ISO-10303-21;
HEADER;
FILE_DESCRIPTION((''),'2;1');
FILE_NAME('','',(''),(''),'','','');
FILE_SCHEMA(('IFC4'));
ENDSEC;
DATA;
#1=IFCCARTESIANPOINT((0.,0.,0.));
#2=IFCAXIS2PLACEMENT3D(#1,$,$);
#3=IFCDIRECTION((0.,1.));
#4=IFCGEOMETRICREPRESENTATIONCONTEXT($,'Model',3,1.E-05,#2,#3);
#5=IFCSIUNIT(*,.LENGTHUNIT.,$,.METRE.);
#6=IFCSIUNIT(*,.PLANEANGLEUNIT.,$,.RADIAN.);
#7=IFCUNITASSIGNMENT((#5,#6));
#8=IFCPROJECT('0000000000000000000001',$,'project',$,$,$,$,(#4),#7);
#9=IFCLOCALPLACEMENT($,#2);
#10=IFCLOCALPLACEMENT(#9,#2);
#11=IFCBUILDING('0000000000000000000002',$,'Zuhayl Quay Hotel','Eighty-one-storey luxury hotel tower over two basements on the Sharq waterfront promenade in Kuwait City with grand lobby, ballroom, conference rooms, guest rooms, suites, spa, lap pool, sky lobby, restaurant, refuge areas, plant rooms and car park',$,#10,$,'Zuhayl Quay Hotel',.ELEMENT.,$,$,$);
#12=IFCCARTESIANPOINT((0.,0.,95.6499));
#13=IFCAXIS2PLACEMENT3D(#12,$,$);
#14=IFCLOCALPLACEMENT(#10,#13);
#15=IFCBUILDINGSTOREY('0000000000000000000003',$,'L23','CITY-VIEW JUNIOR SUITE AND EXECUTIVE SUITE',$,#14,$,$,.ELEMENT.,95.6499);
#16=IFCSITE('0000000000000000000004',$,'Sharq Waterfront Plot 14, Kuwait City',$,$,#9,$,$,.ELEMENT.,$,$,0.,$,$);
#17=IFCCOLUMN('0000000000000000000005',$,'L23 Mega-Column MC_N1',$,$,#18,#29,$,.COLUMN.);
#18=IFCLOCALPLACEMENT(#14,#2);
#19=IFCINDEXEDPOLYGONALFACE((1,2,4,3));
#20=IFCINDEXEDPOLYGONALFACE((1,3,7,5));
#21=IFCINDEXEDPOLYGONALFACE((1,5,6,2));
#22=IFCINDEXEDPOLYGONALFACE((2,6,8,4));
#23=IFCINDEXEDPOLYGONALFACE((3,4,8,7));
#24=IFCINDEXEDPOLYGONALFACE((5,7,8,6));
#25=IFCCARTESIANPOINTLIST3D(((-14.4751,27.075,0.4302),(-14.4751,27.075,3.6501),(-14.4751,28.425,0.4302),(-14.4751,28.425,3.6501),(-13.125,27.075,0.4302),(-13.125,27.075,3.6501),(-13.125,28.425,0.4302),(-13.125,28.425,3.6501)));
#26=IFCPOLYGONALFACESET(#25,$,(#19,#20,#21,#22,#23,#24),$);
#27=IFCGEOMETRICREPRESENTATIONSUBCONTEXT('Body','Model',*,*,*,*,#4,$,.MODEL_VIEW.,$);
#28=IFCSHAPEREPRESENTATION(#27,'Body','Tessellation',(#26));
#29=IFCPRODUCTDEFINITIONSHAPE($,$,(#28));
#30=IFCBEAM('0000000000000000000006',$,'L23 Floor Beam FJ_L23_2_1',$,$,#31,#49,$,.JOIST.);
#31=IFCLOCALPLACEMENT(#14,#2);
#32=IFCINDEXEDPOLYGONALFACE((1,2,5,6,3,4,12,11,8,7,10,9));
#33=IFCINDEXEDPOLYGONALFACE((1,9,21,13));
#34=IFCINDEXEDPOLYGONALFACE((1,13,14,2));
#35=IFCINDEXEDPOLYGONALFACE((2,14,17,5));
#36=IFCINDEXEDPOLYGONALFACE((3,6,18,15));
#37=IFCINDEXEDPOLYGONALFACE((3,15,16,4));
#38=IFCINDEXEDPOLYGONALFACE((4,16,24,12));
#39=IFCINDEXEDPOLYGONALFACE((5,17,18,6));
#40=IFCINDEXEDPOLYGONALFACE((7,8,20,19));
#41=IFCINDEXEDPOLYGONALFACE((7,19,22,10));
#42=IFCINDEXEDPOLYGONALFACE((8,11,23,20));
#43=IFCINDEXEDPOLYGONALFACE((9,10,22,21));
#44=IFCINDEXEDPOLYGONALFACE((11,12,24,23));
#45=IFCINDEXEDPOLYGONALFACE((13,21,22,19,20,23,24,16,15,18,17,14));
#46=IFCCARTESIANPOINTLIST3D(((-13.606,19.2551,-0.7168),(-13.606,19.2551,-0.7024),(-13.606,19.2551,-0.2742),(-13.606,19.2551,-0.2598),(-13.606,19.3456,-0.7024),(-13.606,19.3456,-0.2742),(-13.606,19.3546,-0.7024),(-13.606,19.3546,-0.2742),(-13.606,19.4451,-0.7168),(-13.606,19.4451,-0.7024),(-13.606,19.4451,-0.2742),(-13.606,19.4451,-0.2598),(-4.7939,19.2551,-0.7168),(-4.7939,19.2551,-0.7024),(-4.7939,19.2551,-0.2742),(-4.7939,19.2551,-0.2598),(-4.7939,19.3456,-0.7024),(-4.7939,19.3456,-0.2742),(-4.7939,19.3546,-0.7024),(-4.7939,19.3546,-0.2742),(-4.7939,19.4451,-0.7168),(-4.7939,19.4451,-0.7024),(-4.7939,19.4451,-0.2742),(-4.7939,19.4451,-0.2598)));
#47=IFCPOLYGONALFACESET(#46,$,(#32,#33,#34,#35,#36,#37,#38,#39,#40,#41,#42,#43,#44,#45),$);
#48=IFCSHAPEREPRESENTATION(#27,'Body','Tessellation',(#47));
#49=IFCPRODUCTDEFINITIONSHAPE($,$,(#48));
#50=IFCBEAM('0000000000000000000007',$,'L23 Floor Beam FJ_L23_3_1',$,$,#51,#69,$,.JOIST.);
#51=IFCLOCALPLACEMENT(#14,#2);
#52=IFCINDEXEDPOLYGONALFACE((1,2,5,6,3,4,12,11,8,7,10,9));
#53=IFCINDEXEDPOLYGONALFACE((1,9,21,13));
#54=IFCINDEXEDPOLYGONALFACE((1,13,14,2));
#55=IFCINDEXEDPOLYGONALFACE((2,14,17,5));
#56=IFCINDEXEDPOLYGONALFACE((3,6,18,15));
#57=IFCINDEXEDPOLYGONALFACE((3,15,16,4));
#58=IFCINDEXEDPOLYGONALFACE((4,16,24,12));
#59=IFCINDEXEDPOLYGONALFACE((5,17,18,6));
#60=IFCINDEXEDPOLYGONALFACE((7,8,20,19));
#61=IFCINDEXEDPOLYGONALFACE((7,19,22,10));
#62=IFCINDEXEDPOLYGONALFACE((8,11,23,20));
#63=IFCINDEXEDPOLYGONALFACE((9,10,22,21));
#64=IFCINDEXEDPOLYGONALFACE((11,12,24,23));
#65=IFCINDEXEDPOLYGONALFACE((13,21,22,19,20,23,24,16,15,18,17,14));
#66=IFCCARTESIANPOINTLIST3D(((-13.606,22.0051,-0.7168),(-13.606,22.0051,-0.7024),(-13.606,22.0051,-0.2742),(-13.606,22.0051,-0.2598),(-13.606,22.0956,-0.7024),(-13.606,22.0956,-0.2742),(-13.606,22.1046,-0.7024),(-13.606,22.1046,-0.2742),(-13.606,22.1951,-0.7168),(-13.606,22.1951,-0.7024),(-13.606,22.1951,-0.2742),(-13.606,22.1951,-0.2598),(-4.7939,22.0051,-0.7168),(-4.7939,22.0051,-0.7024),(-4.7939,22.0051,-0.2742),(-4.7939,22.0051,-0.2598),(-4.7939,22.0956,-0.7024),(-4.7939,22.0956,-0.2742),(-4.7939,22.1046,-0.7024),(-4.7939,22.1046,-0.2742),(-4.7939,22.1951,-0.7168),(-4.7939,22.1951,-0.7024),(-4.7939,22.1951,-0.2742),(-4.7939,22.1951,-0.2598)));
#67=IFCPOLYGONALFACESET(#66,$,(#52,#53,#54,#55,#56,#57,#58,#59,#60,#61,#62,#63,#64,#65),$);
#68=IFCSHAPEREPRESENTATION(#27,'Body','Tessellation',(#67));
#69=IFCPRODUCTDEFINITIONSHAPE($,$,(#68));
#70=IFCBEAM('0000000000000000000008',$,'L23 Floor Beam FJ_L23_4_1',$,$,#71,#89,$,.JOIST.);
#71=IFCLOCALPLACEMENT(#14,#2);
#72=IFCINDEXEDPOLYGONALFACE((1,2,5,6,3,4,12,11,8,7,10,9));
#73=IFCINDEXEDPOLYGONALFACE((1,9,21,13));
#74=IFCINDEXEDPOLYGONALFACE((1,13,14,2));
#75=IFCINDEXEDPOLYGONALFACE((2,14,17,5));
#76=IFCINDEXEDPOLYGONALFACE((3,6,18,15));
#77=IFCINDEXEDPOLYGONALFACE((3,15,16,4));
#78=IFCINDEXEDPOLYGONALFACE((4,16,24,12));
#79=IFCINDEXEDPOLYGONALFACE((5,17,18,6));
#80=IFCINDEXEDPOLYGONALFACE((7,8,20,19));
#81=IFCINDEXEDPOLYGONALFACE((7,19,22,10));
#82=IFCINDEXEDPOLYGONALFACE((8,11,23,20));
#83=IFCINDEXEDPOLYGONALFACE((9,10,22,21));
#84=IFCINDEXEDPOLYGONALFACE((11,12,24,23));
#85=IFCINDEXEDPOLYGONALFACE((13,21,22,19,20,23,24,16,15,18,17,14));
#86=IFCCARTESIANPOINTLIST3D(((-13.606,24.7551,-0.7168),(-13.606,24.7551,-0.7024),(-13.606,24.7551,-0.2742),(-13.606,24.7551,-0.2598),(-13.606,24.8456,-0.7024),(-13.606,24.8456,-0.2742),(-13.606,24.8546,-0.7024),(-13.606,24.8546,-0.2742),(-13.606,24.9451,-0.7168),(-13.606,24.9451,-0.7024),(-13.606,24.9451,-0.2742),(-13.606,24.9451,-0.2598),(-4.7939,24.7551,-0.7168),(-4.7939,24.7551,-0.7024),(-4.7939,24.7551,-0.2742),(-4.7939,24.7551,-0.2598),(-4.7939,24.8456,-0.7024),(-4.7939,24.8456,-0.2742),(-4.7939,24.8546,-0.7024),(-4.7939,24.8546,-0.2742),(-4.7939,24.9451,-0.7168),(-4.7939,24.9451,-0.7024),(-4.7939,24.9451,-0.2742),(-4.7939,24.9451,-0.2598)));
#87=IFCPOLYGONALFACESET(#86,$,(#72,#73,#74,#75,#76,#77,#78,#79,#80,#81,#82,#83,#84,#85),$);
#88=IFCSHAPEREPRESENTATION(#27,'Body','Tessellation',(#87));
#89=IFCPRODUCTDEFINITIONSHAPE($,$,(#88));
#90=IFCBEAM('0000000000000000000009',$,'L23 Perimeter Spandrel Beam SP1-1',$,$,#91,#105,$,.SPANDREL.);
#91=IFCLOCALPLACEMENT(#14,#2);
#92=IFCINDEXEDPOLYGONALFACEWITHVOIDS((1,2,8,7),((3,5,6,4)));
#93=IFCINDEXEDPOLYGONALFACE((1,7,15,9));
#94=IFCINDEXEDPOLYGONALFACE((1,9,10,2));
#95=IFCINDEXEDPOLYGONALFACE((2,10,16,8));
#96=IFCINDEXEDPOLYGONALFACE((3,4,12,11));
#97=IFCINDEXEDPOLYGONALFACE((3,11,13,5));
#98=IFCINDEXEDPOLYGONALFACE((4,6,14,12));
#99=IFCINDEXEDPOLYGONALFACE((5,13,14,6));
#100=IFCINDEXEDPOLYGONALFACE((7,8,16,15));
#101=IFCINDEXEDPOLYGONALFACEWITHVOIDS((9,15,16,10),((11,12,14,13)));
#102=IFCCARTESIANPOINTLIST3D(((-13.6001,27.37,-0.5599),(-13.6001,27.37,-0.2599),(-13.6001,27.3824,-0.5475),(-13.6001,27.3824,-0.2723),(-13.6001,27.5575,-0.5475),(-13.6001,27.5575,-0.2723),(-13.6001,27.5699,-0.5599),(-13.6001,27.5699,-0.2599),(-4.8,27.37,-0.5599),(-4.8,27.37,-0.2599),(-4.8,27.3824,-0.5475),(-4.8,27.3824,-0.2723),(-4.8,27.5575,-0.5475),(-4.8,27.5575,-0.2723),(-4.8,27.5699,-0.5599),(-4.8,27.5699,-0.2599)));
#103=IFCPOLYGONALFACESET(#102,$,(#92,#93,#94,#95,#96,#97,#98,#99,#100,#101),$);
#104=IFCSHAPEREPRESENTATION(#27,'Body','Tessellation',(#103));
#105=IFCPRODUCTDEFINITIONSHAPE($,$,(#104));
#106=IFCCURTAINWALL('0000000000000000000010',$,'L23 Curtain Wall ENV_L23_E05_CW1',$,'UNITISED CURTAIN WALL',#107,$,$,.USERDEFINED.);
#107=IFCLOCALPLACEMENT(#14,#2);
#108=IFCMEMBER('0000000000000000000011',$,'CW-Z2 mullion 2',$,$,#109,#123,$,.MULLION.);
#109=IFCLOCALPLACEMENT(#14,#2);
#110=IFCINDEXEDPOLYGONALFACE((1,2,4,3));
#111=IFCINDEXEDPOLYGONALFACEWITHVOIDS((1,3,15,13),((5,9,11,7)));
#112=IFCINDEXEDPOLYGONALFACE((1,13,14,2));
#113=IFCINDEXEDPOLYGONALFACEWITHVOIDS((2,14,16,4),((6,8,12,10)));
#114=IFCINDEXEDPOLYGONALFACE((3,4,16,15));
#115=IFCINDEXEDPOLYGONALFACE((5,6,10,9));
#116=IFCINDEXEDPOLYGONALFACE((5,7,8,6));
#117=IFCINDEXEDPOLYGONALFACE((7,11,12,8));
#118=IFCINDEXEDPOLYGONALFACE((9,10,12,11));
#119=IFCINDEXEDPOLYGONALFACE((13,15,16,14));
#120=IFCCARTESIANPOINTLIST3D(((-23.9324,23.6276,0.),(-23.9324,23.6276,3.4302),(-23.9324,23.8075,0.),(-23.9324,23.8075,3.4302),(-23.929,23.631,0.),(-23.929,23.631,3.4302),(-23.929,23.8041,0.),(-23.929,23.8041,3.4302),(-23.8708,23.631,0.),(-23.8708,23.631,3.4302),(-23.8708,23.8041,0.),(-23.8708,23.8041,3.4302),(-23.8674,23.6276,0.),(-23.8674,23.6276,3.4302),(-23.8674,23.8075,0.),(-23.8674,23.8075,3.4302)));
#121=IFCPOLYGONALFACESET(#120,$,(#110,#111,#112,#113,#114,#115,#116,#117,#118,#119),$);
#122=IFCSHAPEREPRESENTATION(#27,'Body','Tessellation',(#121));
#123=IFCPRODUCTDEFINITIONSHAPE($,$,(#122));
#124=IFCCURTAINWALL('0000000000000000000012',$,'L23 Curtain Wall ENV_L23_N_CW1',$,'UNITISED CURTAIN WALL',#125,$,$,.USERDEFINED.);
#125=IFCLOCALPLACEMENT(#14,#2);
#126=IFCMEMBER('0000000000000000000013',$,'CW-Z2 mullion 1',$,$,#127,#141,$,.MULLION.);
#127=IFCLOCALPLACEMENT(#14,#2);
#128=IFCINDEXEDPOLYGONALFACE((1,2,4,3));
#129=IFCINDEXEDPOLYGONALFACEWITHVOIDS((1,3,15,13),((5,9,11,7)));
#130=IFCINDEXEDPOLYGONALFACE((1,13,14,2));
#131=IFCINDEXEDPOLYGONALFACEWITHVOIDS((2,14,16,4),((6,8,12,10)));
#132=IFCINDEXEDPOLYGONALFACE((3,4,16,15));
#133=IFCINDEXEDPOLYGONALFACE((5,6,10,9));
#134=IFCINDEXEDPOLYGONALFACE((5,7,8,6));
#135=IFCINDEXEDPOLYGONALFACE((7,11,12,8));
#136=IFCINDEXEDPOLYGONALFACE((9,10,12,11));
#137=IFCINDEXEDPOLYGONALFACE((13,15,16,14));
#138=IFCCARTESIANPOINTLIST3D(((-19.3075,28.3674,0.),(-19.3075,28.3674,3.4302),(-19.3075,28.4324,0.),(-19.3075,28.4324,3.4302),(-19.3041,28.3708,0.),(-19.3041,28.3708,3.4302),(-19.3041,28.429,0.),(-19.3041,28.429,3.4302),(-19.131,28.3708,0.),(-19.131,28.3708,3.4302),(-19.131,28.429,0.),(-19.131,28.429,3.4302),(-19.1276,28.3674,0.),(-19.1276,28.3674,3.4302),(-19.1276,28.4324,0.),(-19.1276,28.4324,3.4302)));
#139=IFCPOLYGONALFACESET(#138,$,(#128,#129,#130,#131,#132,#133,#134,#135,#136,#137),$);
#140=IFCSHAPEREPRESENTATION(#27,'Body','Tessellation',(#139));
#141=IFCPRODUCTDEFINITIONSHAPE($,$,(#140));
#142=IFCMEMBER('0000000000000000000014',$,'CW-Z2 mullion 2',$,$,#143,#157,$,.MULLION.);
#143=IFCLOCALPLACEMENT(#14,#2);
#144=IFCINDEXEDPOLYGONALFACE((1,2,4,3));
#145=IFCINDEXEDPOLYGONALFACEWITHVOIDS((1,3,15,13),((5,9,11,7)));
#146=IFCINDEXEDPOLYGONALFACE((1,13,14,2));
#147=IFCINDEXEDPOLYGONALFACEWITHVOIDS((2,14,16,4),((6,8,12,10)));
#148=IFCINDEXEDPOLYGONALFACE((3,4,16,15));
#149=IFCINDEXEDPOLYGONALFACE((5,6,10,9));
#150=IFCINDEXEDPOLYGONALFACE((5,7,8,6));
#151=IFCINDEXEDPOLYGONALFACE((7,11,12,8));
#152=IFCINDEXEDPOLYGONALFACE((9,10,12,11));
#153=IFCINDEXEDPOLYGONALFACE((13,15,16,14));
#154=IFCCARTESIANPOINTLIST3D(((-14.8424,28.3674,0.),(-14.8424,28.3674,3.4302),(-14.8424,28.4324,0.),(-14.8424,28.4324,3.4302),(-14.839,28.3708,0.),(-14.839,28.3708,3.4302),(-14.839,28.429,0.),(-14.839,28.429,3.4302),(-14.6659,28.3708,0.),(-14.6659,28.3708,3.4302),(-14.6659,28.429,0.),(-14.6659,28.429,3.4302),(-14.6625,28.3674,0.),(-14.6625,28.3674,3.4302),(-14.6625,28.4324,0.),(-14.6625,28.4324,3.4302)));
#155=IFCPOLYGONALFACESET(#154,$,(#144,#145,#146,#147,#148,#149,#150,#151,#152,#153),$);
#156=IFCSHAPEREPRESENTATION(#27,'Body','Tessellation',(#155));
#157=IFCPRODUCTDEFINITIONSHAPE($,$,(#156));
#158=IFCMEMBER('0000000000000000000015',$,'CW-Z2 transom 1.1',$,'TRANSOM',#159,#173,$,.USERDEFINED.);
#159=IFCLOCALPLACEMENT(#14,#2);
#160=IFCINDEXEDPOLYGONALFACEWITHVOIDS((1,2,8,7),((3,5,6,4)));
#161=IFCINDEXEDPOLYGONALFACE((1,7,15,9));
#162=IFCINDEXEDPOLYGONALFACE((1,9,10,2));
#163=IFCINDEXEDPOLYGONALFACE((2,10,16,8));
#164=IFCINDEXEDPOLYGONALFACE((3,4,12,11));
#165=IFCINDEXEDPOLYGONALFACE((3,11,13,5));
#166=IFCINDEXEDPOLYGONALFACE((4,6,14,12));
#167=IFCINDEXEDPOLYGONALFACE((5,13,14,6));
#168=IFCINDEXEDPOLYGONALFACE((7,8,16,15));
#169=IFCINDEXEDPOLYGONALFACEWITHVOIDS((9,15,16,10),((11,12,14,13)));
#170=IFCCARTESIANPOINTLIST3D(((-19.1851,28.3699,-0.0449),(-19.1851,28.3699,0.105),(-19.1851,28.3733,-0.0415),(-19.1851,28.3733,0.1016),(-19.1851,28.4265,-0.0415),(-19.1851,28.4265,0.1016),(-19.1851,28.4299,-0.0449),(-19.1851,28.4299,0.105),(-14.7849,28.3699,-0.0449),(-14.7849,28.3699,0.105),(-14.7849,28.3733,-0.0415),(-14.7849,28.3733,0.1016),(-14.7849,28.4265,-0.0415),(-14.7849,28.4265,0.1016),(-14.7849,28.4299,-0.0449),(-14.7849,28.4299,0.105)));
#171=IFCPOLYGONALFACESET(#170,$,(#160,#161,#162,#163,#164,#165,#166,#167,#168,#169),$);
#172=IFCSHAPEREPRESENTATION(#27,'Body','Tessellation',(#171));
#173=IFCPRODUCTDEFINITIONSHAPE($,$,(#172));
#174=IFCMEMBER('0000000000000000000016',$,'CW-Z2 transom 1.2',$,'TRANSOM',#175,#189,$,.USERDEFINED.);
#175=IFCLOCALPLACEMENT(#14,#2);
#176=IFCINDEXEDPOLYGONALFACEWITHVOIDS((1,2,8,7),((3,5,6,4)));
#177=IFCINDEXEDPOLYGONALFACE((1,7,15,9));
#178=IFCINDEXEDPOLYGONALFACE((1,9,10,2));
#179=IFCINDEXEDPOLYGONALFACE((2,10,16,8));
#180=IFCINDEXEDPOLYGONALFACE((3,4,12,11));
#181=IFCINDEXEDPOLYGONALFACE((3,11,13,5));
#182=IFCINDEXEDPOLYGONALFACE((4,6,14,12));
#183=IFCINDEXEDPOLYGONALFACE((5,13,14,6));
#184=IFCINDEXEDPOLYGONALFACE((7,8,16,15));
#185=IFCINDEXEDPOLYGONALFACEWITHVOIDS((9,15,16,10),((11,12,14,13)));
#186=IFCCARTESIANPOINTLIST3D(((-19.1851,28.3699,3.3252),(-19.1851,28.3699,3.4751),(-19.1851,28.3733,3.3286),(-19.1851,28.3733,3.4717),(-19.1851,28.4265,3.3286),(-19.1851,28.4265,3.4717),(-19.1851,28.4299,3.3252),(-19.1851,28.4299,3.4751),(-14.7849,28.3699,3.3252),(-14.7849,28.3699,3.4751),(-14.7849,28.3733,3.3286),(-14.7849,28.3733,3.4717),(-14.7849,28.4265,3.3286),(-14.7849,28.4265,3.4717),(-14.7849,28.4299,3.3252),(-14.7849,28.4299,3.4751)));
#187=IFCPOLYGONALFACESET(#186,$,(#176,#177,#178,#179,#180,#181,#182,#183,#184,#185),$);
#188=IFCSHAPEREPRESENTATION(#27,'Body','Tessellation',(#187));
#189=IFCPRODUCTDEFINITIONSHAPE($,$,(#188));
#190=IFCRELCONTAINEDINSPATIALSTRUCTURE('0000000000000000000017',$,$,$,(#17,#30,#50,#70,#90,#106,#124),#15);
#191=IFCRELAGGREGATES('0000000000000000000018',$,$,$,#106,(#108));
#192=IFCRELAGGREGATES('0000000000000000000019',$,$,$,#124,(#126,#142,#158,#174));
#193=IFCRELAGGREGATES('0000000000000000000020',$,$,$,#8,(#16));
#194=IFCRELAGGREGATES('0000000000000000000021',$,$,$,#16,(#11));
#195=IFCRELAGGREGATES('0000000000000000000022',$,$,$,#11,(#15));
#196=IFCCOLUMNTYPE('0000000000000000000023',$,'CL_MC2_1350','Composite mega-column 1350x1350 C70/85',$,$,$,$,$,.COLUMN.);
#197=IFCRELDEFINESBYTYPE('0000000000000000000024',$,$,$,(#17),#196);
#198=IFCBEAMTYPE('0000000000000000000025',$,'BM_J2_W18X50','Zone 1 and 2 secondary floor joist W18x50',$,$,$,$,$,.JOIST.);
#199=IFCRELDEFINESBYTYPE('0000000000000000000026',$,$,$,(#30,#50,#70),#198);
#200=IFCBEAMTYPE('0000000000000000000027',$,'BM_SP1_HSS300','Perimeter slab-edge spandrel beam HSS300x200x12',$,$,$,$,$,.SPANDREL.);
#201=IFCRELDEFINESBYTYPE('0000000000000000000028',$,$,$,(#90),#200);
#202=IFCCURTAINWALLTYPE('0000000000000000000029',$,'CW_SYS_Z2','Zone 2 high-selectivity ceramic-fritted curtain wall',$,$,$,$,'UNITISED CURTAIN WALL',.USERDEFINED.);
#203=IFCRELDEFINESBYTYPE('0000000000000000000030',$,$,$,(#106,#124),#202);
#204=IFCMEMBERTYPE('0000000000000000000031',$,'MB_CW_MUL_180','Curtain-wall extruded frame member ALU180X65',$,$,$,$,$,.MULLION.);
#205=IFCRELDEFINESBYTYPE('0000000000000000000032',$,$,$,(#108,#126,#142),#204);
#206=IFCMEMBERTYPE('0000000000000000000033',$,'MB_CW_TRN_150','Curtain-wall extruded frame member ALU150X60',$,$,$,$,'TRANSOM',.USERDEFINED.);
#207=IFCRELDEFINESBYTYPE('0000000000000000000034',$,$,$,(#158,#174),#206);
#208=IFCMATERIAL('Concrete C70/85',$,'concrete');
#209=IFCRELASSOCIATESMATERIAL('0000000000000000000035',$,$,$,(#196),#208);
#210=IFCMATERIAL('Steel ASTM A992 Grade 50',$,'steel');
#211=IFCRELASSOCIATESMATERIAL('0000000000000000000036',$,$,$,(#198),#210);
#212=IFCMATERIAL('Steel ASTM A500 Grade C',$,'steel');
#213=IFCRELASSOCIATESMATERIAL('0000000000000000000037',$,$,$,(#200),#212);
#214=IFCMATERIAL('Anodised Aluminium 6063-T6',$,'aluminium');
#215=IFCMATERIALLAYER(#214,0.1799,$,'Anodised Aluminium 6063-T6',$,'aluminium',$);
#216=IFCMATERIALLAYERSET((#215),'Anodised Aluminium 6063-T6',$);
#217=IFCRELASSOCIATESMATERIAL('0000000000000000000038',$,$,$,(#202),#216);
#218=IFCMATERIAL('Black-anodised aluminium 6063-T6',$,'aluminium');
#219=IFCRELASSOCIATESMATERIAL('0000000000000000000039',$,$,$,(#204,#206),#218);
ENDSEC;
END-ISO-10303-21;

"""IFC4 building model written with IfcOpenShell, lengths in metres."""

from ifc_helpers import new_model, si_unit, direction, frame, origin, origin_2d, place, context, subcontext, project, spatial, rectangle, hollow_rectangle, i_section, extrude, material, layer, layer_set, material_profile, profile_set, type_object, element, aggregate, save


model = new_model("IFC4")

# Units and contexts
model_context = context("Model", 3, precision=1e-05, world=origin(), true_north=direction((0.0, 1.0)))
body_context = subcontext(model_context, "Body", "Model", "MODEL_VIEW")
ifc_project = project(units=[si_unit("LENGTHUNIT", "METRE"), si_unit("PLANEANGLEUNIT", "RADIAN")], contexts=[model_context])

# Site, building, storey
site_placement = place(None, origin())
site = spatial("IfcSite", under=ifc_project, at=site_placement, Name="Sharq Waterfront Plot 14, Kuwait City", CompositionType="ELEMENT", RefElevation=0.0)
building_placement = place(site_placement, origin())
building = spatial("IfcBuilding", under=site, at=building_placement, Name="Zuhayl Quay Hotel", Description="Eighty-one-storey luxury hotel tower over two basements on the Sharq waterfront promenade in Kuwait City with grand lobby, ballroom, conference rooms, guest rooms, suites, spa, lap pool, sky lobby, restaurant, refuge areas, plant rooms and car park", LongName="Zuhayl Quay Hotel", CompositionType="ELEMENT")
storey_placement = place(building_placement, frame((0.0, 0.0, 95.6499)))
storey = spatial("IfcBuildingStorey", under=building, at=storey_placement, Name="L23", Description="CITY-VIEW JUNIOR SUITE AND EXECUTIVE SUITE", CompositionType="ELEMENT", Elevation=95.6499)

# Column
ifc_material_1 = material(Name="Concrete C70/85", Category="concrete")
ifc_material_profile_1 = material_profile(ifc_material_1, rectangle(XDim=1.3501, YDim=1.3501, at=origin_2d()), Name="RC1350X1350")
ifc_profile_set_1 = profile_set([ifc_material_profile_1], Name="Concrete C70/85")
column_type = type_object("IfcColumnType", Name="CL_MC2_1350", Description="Composite mega-column 1350x1350 C70/85", PredefinedType="COLUMN", material=ifc_profile_set_1)
column_placement = place(storey_placement, frame((-13.8, 27.75, 0.4302), z_axis=(0.0, 0.0, 1.0), x_axis=(1.0, 0.0, 0.0)))
element("IfcColumn", 1, at=column_placement, inside=storey, type_object=column_type, Name="L23 Mega-Column MC_N1", PredefinedType="COLUMN", context=body_context, shape_type="SweptSolid", body=[
    extrude(rectangle(XDim=1.3501, YDim=1.3501, at=origin_2d()), origin(), (0.0, 0.0, 1.0), 3.22),
])

# Beams
ifc_material_2 = material(Name="Steel ASTM A992 Grade 50", Category="steel")
ifc_material_profile_2 = material_profile(ifc_material_2, i_section(OverallWidth=0.1899, OverallDepth=0.457, WebThickness=0.009, FlangeThickness=0.0144, at=origin_2d()), Name="W18X50")
ifc_profile_set_2 = profile_set([ifc_material_profile_2], Name="Steel ASTM A992 Grade 50")
beam_type_1 = type_object("IfcBeamType", Name="BM_J2_W18X50", Description="Zone 1 and 2 secondary floor joist W18x50", PredefinedType="JOIST", material=ifc_profile_set_2)
for number, where, z_axis, x_axis, name in (
    (2, (-13.606, 19.3501, -0.4883), (1.0, 0.0, 0.0), (0.0, 1.0, 0.0), "L23 Floor Beam FJ_L23_2_1"),
    (3, (-13.606, 22.1001, -0.4883), (1.0, 0.0, 0.0), (0.0, 1.0, 0.0), "L23 Floor Beam FJ_L23_3_1"),
    (4, (-13.606, 24.8501, -0.4883), (1.0, 0.0, 0.0), (0.0, 1.0, 0.0), "L23 Floor Beam FJ_L23_4_1"),
):
    element("IfcBeam", number, at=place(storey_placement, frame(where, z_axis=z_axis, x_axis=x_axis)), inside=storey, type_object=beam_type_1, Name=name, PredefinedType="JOIST", context=body_context, shape_type="SweptSolid", body=[
        extrude(i_section(OverallWidth=0.1899, OverallDepth=0.457, WebThickness=0.009, FlangeThickness=0.0144, at=origin_2d()), origin(), (0.0, 0.0, 1.0), 8.812),
    ])
ifc_material_3 = material(Name="Steel ASTM A500 Grade C", Category="steel")
ifc_material_profile_3 = material_profile(ifc_material_3, hollow_rectangle(XDim=0.2, YDim=0.3, WallThickness=0.0125, at=origin_2d()), Name="HSS300X200X12")
ifc_profile_set_3 = profile_set([ifc_material_profile_3], Name="Steel ASTM A500 Grade C")
beam_type_2 = type_object("IfcBeamType", Name="BM_SP1_HSS300", Description="Perimeter slab-edge spandrel beam HSS300x200x12", PredefinedType="SPANDREL", material=ifc_profile_set_3)
beam_placement = place(storey_placement, frame((-13.6001, 27.47, -0.4099), z_axis=(1.0, 0.0, 0.0), x_axis=(0.0, 1.0, 0.0)))
element("IfcBeam", 5, at=beam_placement, inside=storey, type_object=beam_type_2, Name="L23 Perimeter Spandrel Beam SP1-1", PredefinedType="SPANDREL", context=body_context, shape_type="SweptSolid", body=[
    extrude(hollow_rectangle(XDim=0.2, YDim=0.3, WallThickness=0.0125, at=origin_2d()), origin(), (0.0, 0.0, 1.0), 8.8),
])

# Curtain wall, member
ifc_material_4 = material(Name="Anodised Aluminium 6063-T6", Category="aluminium")
ifc_layer_1 = layer(ifc_material_4, 0.1799, Name="Anodised Aluminium 6063-T6", Category="aluminium")
ifc_layer_set_1 = layer_set([ifc_layer_1], Name="Anodised Aluminium 6063-T6")
curtain_wall_type = type_object("IfcCurtainWallType", Name="CW_SYS_Z2", Description="Zone 2 high-selectivity ceramic-fritted curtain wall", ElementType="UNITISED CURTAIN WALL", PredefinedType="USERDEFINED", material=ifc_layer_set_1)
curtain_wall_1_placement = place(storey_placement, origin())
curtain_wall_1 = element("IfcCurtainWall", 6, at=curtain_wall_1_placement, inside=storey, type_object=curtain_wall_type, Name="L23 Curtain Wall ENV_L23_E05_CW1", ObjectType="UNITISED CURTAIN WALL", PredefinedType="USERDEFINED")
ifc_material_5 = material(Name="Black-anodised aluminium 6063-T6", Category="aluminium")
ifc_material_profile_4 = material_profile(ifc_material_5, hollow_rectangle(XDim=0.0649, YDim=0.1799, WallThickness=0.0034, at=origin_2d()), Name="ALU180X65")
ifc_profile_set_4 = profile_set([ifc_material_profile_4], Name="Black-anodised aluminium 6063-T6")
member_type_1 = type_object("IfcMemberType", Name="MB_CW_MUL_180", Description="Curtain-wall extruded frame member ALU180X65", PredefinedType="MULLION", material=ifc_profile_set_4)
member_1_placement = place(storey_placement, frame((-23.8999, 23.7175, 0.0), z_axis=(0.0, 0.0, 1.0), x_axis=(-1.0, 0.0, 0.0)))
member_1 = element("IfcMember", 7, at=member_1_placement, type_object=member_type_1, Name="CW-Z2 mullion 2", PredefinedType="MULLION", context=body_context, shape_type="SweptSolid", body=[
    extrude(hollow_rectangle(XDim=0.0649, YDim=0.1799, WallThickness=0.0034, at=origin_2d()), origin(), (0.0, 0.0, 1.0), 3.4302),
])

# Curtain wall, members
curtain_wall_2_placement = place(storey_placement, origin())
curtain_wall_2 = element("IfcCurtainWall", 8, at=curtain_wall_2_placement, inside=storey, type_object=curtain_wall_type, Name="L23 Curtain Wall ENV_L23_N_CW1", ObjectType="UNITISED CURTAIN WALL", PredefinedType="USERDEFINED")
member_2_placement = place(storey_placement, frame((-19.2175, 28.3999, 0.0), z_axis=(0.0, 0.0, 1.0), x_axis=(0.0, 1.0, 0.0)))
member_2 = element("IfcMember", 9, at=member_2_placement, type_object=member_type_1, Name="CW-Z2 mullion 1", PredefinedType="MULLION", context=body_context, shape_type="SweptSolid", body=[
    extrude(hollow_rectangle(XDim=0.0649, YDim=0.1799, WallThickness=0.0034, at=origin_2d()), origin(), (0.0, 0.0, 1.0), 3.4302),
])
member_3_placement = place(storey_placement, frame((-14.7524, 28.3999, 0.0), z_axis=(0.0, 0.0, 1.0), x_axis=(0.0, 1.0, 0.0)))
member_3 = element("IfcMember", 10, at=member_3_placement, type_object=member_type_1, Name="CW-Z2 mullion 2", PredefinedType="MULLION", context=body_context, shape_type="SweptSolid", body=[
    extrude(hollow_rectangle(XDim=0.0649, YDim=0.1799, WallThickness=0.0034, at=origin_2d()), origin(), (0.0, 0.0, 1.0), 3.4302),
])
ifc_material_profile_5 = material_profile(ifc_material_5, hollow_rectangle(XDim=0.0601, YDim=0.1499, WallThickness=0.0034, at=origin_2d()), Name="ALU150X60")
ifc_profile_set_5 = profile_set([ifc_material_profile_5], Name="Black-anodised aluminium 6063-T6")
member_type_2 = type_object("IfcMemberType", Name="MB_CW_TRN_150", Description="Curtain-wall extruded frame member ALU150X60", ElementType="TRANSOM", PredefinedType="USERDEFINED", material=ifc_profile_set_5)
member_4_placement = place(storey_placement, frame((-19.1851, 28.3999, 0.03), z_axis=(1.0, 0.0, 0.0), x_axis=(0.0, 1.0, 0.0)))
member_4 = element("IfcMember", 11, at=member_4_placement, type_object=member_type_2, Name="CW-Z2 transom 1.1", ObjectType="TRANSOM", PredefinedType="USERDEFINED", context=body_context, shape_type="SweptSolid", body=[
    extrude(hollow_rectangle(XDim=0.0601, YDim=0.1499, WallThickness=0.0034, at=origin_2d()), origin(), (0.0, 0.0, 1.0), 4.4001),
])
member_5_placement = place(storey_placement, frame((-19.1851, 28.3999, 3.4001), z_axis=(1.0, 0.0, 0.0), x_axis=(0.0, 1.0, 0.0)))
member_5 = element("IfcMember", 12, at=member_5_placement, type_object=member_type_2, Name="CW-Z2 transom 1.2", ObjectType="TRANSOM", PredefinedType="USERDEFINED", context=body_context, shape_type="SweptSolid", body=[
    extrude(hollow_rectangle(XDim=0.0601, YDim=0.1499, WallThickness=0.0034, at=origin_2d()), origin(), (0.0, 0.0, 1.0), 4.4001),
])

aggregate(curtain_wall_1, [member_1])
aggregate(curtain_wall_2, [member_2, member_3, member_4, member_5])

save(model, "model.ifc")
